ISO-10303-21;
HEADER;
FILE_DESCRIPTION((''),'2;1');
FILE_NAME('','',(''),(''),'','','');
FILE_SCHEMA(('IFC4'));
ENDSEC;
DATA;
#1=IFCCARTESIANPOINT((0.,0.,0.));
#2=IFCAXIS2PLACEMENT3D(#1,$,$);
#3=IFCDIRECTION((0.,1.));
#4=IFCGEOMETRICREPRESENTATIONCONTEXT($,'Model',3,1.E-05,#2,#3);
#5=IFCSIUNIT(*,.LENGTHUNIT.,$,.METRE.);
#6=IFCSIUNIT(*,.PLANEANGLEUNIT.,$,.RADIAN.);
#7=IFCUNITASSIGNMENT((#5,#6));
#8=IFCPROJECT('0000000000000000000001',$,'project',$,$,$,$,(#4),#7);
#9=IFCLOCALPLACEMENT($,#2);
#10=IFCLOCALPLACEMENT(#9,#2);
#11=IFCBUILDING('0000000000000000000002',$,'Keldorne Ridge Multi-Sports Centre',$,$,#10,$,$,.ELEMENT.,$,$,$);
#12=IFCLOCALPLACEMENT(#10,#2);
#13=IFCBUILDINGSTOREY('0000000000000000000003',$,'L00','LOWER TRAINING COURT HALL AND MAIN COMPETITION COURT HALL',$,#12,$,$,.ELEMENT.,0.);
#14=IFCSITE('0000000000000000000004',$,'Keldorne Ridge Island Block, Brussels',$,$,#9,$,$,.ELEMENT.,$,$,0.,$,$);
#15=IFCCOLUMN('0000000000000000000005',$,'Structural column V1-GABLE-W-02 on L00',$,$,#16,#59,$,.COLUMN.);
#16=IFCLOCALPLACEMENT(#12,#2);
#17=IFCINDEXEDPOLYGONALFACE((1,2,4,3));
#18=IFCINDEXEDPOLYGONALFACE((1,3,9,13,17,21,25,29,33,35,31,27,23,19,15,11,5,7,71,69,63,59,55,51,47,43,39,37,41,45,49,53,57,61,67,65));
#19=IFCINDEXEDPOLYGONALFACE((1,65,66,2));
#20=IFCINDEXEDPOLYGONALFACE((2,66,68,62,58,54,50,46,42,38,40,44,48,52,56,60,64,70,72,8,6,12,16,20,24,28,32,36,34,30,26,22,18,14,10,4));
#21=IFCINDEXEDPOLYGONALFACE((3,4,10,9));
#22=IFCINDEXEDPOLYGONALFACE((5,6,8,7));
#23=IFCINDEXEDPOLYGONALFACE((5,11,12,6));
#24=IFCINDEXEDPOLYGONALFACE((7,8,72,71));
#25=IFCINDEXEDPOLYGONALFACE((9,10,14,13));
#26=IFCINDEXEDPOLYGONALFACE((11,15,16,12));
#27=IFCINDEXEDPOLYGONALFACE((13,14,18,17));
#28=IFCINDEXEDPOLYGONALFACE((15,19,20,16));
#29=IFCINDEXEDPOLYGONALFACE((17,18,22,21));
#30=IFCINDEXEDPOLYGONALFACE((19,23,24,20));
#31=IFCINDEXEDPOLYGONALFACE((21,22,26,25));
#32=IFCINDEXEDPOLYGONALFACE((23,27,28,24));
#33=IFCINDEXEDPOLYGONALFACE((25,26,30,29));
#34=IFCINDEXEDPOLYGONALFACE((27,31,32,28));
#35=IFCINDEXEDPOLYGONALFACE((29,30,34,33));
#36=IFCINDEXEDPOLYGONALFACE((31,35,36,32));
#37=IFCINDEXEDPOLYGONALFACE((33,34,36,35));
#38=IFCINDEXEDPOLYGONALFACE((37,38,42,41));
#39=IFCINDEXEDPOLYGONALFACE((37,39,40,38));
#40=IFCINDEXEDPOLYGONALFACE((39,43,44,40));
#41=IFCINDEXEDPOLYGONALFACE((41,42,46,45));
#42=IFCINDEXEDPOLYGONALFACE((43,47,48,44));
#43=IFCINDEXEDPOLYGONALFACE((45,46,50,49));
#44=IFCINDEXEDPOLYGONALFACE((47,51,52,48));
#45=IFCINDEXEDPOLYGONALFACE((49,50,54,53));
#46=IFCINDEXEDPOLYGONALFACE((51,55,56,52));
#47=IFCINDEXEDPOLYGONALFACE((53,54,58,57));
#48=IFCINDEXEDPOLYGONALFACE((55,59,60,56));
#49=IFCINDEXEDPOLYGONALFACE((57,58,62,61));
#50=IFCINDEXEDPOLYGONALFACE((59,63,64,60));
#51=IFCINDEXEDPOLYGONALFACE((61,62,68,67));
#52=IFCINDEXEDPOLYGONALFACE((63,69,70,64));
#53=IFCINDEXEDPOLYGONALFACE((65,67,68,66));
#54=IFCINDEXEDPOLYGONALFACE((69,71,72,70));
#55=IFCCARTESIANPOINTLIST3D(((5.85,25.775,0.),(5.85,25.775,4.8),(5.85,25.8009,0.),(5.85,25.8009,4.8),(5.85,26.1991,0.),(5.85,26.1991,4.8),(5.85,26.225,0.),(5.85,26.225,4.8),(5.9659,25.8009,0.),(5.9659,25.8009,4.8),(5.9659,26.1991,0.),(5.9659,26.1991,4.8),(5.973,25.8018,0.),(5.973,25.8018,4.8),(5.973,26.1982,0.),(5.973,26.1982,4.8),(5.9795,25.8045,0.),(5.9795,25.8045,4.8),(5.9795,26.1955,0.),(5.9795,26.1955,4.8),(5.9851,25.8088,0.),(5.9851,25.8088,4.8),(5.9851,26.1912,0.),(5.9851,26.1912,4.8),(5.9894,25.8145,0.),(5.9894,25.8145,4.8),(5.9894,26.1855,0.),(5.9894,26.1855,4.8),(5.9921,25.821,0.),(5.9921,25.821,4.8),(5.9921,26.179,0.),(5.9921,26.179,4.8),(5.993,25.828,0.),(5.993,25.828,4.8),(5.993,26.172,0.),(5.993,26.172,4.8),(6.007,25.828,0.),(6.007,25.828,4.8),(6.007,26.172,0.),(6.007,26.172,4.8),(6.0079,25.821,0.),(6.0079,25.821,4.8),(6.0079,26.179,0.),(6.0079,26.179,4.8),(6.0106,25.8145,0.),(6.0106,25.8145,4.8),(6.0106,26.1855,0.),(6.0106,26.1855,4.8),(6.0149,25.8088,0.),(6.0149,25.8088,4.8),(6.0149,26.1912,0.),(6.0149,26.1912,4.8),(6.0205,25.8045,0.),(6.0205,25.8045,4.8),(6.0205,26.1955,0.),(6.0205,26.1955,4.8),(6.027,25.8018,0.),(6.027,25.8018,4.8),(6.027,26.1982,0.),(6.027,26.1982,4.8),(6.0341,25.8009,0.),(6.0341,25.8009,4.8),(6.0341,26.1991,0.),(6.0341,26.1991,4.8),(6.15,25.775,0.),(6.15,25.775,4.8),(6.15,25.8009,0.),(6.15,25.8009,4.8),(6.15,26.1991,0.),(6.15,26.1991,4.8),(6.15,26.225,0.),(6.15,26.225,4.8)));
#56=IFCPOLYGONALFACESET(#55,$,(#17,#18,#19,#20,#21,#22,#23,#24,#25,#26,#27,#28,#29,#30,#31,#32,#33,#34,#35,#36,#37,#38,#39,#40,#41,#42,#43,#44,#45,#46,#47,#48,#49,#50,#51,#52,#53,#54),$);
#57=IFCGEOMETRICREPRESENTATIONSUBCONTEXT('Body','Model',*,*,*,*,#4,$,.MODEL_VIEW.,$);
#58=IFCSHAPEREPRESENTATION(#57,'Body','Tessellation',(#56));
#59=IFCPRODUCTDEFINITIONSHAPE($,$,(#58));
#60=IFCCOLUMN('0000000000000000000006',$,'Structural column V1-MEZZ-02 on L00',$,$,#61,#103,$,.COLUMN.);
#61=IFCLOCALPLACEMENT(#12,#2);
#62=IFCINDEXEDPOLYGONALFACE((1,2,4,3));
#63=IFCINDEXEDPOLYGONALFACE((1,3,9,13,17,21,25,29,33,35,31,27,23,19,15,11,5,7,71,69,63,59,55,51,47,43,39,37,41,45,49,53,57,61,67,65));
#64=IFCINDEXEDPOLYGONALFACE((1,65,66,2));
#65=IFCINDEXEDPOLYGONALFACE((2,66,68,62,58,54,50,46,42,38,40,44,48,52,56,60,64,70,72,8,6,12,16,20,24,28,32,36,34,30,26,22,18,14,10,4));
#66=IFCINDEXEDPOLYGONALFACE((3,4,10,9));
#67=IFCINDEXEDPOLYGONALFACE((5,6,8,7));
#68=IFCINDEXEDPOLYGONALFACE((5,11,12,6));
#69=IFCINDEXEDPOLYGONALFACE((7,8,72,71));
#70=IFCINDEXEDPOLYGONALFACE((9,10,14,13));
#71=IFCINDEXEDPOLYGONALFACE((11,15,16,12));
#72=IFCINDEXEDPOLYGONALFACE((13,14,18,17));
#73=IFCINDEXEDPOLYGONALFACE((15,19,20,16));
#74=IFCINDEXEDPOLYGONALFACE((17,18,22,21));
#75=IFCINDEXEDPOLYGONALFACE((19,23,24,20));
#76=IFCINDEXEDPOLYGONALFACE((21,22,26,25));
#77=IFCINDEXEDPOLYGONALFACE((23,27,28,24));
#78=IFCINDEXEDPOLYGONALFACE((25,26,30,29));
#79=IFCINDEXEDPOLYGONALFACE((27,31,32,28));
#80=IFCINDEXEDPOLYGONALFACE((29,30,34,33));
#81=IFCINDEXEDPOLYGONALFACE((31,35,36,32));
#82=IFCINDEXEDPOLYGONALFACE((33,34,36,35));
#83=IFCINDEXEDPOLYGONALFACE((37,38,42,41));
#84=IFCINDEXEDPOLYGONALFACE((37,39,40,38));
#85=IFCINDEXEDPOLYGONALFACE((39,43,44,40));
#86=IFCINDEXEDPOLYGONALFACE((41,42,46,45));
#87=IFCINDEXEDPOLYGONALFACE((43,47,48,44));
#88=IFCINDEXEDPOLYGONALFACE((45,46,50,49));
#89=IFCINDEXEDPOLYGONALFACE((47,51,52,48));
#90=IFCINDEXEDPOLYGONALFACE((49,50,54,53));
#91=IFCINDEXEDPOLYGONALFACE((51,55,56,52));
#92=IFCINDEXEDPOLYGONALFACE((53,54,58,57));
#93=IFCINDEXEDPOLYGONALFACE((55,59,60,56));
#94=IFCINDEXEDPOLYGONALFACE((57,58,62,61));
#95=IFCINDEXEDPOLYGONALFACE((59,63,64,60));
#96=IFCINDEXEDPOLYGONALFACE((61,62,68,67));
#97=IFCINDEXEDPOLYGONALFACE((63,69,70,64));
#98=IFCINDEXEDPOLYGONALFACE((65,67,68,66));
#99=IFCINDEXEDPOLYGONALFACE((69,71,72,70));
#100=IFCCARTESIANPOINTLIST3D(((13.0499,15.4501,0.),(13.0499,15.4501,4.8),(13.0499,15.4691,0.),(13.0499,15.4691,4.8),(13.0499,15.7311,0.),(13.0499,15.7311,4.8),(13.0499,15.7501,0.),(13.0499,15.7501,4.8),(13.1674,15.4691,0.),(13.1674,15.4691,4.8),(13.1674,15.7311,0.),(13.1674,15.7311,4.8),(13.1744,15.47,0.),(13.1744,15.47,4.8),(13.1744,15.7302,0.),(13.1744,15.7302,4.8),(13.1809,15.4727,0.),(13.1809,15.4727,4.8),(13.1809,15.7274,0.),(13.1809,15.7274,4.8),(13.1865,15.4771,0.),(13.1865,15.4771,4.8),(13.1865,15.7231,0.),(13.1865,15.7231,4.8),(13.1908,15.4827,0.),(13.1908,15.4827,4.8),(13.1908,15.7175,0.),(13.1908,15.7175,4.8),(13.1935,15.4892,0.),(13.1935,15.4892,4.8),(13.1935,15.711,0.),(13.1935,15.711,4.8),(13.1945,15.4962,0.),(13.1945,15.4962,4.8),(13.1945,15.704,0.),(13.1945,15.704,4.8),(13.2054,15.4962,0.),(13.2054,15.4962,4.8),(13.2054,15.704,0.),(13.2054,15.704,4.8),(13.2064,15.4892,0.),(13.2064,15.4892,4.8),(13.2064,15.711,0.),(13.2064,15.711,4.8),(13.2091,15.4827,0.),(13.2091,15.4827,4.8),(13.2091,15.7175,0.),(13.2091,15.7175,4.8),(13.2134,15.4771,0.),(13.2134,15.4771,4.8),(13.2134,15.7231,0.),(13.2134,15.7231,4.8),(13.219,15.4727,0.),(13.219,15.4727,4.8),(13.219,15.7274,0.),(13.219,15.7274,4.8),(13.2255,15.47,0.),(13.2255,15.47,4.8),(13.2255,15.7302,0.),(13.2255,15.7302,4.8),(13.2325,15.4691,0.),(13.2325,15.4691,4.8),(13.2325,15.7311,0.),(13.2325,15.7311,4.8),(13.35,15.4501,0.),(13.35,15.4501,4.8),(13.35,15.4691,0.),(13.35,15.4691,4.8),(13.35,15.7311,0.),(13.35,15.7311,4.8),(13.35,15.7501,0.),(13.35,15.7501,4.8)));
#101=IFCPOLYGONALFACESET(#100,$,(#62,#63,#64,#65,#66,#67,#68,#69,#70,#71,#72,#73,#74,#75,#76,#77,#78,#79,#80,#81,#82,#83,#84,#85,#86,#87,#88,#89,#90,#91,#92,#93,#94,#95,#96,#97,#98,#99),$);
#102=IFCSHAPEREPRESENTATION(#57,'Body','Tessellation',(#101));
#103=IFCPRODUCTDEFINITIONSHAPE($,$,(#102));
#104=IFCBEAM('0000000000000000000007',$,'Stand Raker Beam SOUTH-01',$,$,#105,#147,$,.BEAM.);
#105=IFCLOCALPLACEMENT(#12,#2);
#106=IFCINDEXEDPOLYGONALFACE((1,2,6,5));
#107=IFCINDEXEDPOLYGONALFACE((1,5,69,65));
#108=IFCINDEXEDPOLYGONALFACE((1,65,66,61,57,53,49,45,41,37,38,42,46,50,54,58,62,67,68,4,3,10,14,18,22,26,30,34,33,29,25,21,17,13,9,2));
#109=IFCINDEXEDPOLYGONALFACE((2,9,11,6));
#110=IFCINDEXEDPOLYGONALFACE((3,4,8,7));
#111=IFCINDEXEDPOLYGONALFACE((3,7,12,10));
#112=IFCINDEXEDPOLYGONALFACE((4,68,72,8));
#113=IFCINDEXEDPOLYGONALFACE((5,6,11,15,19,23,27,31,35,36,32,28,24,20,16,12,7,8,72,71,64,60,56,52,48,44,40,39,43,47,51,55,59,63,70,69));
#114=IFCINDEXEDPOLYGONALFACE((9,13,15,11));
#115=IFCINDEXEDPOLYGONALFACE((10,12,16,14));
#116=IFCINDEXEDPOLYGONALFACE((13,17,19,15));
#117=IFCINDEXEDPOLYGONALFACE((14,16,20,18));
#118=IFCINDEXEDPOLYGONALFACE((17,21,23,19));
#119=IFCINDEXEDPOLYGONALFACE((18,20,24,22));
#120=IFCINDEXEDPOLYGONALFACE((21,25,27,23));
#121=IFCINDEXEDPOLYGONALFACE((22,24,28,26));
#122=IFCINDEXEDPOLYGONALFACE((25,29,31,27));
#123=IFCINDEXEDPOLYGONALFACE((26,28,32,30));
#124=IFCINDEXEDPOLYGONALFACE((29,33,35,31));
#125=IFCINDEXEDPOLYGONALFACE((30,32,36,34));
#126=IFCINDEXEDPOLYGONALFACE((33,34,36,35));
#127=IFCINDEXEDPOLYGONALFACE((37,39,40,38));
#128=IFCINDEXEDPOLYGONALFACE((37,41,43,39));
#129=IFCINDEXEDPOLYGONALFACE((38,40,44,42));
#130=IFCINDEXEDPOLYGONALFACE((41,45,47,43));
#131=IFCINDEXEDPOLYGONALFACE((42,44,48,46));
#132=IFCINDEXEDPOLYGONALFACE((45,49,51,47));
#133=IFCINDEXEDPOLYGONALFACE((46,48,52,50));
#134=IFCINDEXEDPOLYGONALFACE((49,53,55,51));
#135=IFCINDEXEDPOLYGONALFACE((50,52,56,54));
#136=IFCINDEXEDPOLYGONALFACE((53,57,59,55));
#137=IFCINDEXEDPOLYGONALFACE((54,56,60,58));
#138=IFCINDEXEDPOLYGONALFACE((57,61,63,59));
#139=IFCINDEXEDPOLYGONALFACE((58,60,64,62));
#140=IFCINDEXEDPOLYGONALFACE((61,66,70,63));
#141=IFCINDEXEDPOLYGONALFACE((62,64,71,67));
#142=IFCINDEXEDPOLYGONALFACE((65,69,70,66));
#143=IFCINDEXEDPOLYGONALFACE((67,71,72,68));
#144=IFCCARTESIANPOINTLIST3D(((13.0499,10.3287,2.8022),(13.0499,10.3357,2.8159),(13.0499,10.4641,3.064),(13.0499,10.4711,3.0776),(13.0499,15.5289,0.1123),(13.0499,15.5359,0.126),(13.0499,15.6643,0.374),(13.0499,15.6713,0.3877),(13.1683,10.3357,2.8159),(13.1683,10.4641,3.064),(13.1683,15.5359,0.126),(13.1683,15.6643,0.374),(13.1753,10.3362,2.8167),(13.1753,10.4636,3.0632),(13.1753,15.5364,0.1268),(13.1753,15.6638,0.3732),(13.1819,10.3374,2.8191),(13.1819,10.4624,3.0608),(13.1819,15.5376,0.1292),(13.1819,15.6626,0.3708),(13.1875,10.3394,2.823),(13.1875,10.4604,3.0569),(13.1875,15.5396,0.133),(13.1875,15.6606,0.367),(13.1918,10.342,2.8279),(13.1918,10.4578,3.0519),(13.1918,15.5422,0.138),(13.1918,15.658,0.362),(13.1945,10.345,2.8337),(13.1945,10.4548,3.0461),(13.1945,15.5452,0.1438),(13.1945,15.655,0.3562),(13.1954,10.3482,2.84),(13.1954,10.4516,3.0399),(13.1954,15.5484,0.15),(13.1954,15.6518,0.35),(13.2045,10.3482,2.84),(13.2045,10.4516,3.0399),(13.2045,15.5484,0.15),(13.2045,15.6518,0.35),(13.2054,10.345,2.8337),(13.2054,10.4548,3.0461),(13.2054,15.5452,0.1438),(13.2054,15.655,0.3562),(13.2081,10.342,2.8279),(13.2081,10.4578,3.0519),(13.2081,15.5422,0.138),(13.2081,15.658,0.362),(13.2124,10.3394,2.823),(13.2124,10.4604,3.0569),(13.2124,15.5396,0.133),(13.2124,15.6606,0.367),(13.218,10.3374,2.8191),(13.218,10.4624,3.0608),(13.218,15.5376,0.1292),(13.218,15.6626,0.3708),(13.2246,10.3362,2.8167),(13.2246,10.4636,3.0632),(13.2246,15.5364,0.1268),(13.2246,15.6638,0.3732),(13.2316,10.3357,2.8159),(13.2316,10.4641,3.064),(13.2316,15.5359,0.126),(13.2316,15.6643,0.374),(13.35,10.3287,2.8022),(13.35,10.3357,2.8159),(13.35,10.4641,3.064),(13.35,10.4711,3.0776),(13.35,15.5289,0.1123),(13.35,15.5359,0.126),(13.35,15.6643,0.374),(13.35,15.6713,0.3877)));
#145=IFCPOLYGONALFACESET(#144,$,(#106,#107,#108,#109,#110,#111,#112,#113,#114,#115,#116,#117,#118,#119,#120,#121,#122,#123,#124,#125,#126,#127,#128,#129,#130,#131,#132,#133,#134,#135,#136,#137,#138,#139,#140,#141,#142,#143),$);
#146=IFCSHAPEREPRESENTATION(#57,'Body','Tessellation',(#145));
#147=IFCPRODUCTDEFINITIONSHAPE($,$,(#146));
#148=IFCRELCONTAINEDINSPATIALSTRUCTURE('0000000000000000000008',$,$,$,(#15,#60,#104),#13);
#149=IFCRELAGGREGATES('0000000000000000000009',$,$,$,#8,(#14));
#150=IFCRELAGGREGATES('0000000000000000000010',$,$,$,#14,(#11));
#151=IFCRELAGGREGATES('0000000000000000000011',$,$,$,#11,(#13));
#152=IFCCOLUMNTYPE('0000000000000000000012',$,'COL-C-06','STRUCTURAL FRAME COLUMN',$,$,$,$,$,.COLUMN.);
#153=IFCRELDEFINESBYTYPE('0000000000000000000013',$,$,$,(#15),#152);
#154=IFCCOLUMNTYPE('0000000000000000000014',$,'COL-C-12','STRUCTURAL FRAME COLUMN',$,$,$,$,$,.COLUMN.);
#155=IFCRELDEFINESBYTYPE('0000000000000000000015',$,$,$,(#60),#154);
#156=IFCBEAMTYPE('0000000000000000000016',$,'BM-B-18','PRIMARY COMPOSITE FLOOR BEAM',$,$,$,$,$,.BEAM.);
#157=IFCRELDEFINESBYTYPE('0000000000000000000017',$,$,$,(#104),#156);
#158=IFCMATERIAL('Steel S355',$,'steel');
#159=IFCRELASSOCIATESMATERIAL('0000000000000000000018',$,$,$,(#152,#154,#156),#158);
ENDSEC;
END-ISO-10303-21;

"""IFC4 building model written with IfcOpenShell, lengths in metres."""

from ifc_helpers import new_model, si_unit, direction, frame, origin, origin_2d, place, context, subcontext, project, spatial, i_section, extrude, material, material_profile, profile_set, type_object, element, save


model = new_model("IFC4")

# Units and contexts
model_context = context("Model", 3, precision=1e-05, world=origin(), true_north=direction((0.0, 1.0)))
body_context = subcontext(model_context, "Body", "Model", "MODEL_VIEW")
ifc_project = project(units=[si_unit("LENGTHUNIT", "METRE"), si_unit("PLANEANGLEUNIT", "RADIAN")], contexts=[model_context])

# Site, building, storey
site_placement = place(None, origin())
site = spatial("IfcSite", under=ifc_project, at=site_placement, Name="Keldorne Ridge Island Block, Brussels", CompositionType="ELEMENT", RefElevation=0.0)
building_placement = place(site_placement, origin())
building = spatial("IfcBuilding", under=site, at=building_placement, Name="Keldorne Ridge Multi-Sports Centre", CompositionType="ELEMENT")
storey_placement = place(building_placement, origin())
storey = spatial("IfcBuildingStorey", under=building, at=storey_placement, Name="L00", Description="LOWER TRAINING COURT HALL AND MAIN COMPETITION COURT HALL", CompositionType="ELEMENT", Elevation=0.0)

# Columns
ifc_material_1 = material(Name="Steel S355", Category="steel")
ifc_material_profile_1 = material_profile(ifc_material_1, i_section(OverallWidth=0.3, OverallDepth=0.45, WebThickness=0.0139, FlangeThickness=0.0259, FilletRadius=0.0271, at=origin_2d()), Name="HEB 450")
ifc_profile_set_1 = profile_set([ifc_material_profile_1], Name="Steel S355")
column_type_1 = type_object("IfcColumnType", Name="COL-C-06", Description="STRUCTURAL FRAME COLUMN", PredefinedType="COLUMN", material=ifc_profile_set_1)
for number, where, z_axis, x_axis, name in (
    (1, (6.0, 26.0, 0.0), (0.0, 0.0, 1.0), (1.0, 0.0, 0.0), "Structural column V1-GABLE-W-02 on L00"),
):
    element("IfcColumn", number, at=place(storey_placement, frame(where, z_axis=z_axis, x_axis=x_axis)), inside=storey, type_object=column_type_1, Name=name, PredefinedType="COLUMN", context=body_context, shape_type="SweptSolid", body=[
        extrude(i_section(OverallWidth=0.3, OverallDepth=0.45, WebThickness=0.0139, FlangeThickness=0.0259, FilletRadius=0.0271, at=origin_2d()), origin(), (0.0, 0.0, 1.0), 4.8),
    ])
ifc_material_profile_2 = material_profile(ifc_material_1, i_section(OverallWidth=0.3, OverallDepth=0.3, WebThickness=0.011, FlangeThickness=0.019, FilletRadius=0.0271, at=origin_2d()), Name="HEB 300")
ifc_profile_set_2 = profile_set([ifc_material_profile_2], Name="Steel S355")
column_type_2 = type_object("IfcColumnType", Name="COL-C-12", Description="STRUCTURAL FRAME COLUMN", PredefinedType="COLUMN", material=ifc_profile_set_2)
column_placement = place(storey_placement, frame((13.2, 15.6001, 0.0), z_axis=(0.0, 0.0, 1.0), x_axis=(1.0, 0.0, 0.0)))
element("IfcColumn", 2, at=column_placement, inside=storey, type_object=column_type_2, Name="Structural column V1-MEZZ-02 on L00", PredefinedType="COLUMN", context=body_context, shape_type="SweptSolid", body=[
    extrude(i_section(OverallWidth=0.3, OverallDepth=0.3, WebThickness=0.011, FlangeThickness=0.019, FilletRadius=0.0271, at=origin_2d()), origin(), (0.0, 0.0, 1.0), 4.8),
])

# Beam
ifc_material_profile_3 = material_profile(ifc_material_1, i_section(OverallWidth=0.3, OverallDepth=0.3101, WebThickness=0.009, FlangeThickness=0.0154, FilletRadius=0.0271, at=origin_2d()), Name="HEA 320")
ifc_profile_set_3 = profile_set([ifc_material_profile_3], Name="Steel S355")
beam_type_1 = type_object("IfcBeamType", Name="BM-B-18", Description="PRIMARY COMPOSITE FLOOR BEAM", PredefinedType="BEAM", material=ifc_profile_set_3)
beam_1_placement = place(storey_placement, frame((13.2, 15.6001, 0.25), z_axis=(0.0, -0.888205, 0.459448), x_axis=(1.0, 0.0, 0.0)))
element("IfcBeam", 3, at=beam_1_placement, inside=storey, type_object=beam_type_1, Name="Stand Raker Beam SOUTH-01", PredefinedType="BEAM", context=body_context, shape_type="SweptSolid", body=[
    extrude(i_section(OverallWidth=0.3, OverallDepth=0.3101, WebThickness=0.009, FlangeThickness=0.0154, FilletRadius=0.0271, at=origin_2d()), origin(), (0.0, 0.0, 1.0), 5.8547),
])

save(model, "model.ifc")
